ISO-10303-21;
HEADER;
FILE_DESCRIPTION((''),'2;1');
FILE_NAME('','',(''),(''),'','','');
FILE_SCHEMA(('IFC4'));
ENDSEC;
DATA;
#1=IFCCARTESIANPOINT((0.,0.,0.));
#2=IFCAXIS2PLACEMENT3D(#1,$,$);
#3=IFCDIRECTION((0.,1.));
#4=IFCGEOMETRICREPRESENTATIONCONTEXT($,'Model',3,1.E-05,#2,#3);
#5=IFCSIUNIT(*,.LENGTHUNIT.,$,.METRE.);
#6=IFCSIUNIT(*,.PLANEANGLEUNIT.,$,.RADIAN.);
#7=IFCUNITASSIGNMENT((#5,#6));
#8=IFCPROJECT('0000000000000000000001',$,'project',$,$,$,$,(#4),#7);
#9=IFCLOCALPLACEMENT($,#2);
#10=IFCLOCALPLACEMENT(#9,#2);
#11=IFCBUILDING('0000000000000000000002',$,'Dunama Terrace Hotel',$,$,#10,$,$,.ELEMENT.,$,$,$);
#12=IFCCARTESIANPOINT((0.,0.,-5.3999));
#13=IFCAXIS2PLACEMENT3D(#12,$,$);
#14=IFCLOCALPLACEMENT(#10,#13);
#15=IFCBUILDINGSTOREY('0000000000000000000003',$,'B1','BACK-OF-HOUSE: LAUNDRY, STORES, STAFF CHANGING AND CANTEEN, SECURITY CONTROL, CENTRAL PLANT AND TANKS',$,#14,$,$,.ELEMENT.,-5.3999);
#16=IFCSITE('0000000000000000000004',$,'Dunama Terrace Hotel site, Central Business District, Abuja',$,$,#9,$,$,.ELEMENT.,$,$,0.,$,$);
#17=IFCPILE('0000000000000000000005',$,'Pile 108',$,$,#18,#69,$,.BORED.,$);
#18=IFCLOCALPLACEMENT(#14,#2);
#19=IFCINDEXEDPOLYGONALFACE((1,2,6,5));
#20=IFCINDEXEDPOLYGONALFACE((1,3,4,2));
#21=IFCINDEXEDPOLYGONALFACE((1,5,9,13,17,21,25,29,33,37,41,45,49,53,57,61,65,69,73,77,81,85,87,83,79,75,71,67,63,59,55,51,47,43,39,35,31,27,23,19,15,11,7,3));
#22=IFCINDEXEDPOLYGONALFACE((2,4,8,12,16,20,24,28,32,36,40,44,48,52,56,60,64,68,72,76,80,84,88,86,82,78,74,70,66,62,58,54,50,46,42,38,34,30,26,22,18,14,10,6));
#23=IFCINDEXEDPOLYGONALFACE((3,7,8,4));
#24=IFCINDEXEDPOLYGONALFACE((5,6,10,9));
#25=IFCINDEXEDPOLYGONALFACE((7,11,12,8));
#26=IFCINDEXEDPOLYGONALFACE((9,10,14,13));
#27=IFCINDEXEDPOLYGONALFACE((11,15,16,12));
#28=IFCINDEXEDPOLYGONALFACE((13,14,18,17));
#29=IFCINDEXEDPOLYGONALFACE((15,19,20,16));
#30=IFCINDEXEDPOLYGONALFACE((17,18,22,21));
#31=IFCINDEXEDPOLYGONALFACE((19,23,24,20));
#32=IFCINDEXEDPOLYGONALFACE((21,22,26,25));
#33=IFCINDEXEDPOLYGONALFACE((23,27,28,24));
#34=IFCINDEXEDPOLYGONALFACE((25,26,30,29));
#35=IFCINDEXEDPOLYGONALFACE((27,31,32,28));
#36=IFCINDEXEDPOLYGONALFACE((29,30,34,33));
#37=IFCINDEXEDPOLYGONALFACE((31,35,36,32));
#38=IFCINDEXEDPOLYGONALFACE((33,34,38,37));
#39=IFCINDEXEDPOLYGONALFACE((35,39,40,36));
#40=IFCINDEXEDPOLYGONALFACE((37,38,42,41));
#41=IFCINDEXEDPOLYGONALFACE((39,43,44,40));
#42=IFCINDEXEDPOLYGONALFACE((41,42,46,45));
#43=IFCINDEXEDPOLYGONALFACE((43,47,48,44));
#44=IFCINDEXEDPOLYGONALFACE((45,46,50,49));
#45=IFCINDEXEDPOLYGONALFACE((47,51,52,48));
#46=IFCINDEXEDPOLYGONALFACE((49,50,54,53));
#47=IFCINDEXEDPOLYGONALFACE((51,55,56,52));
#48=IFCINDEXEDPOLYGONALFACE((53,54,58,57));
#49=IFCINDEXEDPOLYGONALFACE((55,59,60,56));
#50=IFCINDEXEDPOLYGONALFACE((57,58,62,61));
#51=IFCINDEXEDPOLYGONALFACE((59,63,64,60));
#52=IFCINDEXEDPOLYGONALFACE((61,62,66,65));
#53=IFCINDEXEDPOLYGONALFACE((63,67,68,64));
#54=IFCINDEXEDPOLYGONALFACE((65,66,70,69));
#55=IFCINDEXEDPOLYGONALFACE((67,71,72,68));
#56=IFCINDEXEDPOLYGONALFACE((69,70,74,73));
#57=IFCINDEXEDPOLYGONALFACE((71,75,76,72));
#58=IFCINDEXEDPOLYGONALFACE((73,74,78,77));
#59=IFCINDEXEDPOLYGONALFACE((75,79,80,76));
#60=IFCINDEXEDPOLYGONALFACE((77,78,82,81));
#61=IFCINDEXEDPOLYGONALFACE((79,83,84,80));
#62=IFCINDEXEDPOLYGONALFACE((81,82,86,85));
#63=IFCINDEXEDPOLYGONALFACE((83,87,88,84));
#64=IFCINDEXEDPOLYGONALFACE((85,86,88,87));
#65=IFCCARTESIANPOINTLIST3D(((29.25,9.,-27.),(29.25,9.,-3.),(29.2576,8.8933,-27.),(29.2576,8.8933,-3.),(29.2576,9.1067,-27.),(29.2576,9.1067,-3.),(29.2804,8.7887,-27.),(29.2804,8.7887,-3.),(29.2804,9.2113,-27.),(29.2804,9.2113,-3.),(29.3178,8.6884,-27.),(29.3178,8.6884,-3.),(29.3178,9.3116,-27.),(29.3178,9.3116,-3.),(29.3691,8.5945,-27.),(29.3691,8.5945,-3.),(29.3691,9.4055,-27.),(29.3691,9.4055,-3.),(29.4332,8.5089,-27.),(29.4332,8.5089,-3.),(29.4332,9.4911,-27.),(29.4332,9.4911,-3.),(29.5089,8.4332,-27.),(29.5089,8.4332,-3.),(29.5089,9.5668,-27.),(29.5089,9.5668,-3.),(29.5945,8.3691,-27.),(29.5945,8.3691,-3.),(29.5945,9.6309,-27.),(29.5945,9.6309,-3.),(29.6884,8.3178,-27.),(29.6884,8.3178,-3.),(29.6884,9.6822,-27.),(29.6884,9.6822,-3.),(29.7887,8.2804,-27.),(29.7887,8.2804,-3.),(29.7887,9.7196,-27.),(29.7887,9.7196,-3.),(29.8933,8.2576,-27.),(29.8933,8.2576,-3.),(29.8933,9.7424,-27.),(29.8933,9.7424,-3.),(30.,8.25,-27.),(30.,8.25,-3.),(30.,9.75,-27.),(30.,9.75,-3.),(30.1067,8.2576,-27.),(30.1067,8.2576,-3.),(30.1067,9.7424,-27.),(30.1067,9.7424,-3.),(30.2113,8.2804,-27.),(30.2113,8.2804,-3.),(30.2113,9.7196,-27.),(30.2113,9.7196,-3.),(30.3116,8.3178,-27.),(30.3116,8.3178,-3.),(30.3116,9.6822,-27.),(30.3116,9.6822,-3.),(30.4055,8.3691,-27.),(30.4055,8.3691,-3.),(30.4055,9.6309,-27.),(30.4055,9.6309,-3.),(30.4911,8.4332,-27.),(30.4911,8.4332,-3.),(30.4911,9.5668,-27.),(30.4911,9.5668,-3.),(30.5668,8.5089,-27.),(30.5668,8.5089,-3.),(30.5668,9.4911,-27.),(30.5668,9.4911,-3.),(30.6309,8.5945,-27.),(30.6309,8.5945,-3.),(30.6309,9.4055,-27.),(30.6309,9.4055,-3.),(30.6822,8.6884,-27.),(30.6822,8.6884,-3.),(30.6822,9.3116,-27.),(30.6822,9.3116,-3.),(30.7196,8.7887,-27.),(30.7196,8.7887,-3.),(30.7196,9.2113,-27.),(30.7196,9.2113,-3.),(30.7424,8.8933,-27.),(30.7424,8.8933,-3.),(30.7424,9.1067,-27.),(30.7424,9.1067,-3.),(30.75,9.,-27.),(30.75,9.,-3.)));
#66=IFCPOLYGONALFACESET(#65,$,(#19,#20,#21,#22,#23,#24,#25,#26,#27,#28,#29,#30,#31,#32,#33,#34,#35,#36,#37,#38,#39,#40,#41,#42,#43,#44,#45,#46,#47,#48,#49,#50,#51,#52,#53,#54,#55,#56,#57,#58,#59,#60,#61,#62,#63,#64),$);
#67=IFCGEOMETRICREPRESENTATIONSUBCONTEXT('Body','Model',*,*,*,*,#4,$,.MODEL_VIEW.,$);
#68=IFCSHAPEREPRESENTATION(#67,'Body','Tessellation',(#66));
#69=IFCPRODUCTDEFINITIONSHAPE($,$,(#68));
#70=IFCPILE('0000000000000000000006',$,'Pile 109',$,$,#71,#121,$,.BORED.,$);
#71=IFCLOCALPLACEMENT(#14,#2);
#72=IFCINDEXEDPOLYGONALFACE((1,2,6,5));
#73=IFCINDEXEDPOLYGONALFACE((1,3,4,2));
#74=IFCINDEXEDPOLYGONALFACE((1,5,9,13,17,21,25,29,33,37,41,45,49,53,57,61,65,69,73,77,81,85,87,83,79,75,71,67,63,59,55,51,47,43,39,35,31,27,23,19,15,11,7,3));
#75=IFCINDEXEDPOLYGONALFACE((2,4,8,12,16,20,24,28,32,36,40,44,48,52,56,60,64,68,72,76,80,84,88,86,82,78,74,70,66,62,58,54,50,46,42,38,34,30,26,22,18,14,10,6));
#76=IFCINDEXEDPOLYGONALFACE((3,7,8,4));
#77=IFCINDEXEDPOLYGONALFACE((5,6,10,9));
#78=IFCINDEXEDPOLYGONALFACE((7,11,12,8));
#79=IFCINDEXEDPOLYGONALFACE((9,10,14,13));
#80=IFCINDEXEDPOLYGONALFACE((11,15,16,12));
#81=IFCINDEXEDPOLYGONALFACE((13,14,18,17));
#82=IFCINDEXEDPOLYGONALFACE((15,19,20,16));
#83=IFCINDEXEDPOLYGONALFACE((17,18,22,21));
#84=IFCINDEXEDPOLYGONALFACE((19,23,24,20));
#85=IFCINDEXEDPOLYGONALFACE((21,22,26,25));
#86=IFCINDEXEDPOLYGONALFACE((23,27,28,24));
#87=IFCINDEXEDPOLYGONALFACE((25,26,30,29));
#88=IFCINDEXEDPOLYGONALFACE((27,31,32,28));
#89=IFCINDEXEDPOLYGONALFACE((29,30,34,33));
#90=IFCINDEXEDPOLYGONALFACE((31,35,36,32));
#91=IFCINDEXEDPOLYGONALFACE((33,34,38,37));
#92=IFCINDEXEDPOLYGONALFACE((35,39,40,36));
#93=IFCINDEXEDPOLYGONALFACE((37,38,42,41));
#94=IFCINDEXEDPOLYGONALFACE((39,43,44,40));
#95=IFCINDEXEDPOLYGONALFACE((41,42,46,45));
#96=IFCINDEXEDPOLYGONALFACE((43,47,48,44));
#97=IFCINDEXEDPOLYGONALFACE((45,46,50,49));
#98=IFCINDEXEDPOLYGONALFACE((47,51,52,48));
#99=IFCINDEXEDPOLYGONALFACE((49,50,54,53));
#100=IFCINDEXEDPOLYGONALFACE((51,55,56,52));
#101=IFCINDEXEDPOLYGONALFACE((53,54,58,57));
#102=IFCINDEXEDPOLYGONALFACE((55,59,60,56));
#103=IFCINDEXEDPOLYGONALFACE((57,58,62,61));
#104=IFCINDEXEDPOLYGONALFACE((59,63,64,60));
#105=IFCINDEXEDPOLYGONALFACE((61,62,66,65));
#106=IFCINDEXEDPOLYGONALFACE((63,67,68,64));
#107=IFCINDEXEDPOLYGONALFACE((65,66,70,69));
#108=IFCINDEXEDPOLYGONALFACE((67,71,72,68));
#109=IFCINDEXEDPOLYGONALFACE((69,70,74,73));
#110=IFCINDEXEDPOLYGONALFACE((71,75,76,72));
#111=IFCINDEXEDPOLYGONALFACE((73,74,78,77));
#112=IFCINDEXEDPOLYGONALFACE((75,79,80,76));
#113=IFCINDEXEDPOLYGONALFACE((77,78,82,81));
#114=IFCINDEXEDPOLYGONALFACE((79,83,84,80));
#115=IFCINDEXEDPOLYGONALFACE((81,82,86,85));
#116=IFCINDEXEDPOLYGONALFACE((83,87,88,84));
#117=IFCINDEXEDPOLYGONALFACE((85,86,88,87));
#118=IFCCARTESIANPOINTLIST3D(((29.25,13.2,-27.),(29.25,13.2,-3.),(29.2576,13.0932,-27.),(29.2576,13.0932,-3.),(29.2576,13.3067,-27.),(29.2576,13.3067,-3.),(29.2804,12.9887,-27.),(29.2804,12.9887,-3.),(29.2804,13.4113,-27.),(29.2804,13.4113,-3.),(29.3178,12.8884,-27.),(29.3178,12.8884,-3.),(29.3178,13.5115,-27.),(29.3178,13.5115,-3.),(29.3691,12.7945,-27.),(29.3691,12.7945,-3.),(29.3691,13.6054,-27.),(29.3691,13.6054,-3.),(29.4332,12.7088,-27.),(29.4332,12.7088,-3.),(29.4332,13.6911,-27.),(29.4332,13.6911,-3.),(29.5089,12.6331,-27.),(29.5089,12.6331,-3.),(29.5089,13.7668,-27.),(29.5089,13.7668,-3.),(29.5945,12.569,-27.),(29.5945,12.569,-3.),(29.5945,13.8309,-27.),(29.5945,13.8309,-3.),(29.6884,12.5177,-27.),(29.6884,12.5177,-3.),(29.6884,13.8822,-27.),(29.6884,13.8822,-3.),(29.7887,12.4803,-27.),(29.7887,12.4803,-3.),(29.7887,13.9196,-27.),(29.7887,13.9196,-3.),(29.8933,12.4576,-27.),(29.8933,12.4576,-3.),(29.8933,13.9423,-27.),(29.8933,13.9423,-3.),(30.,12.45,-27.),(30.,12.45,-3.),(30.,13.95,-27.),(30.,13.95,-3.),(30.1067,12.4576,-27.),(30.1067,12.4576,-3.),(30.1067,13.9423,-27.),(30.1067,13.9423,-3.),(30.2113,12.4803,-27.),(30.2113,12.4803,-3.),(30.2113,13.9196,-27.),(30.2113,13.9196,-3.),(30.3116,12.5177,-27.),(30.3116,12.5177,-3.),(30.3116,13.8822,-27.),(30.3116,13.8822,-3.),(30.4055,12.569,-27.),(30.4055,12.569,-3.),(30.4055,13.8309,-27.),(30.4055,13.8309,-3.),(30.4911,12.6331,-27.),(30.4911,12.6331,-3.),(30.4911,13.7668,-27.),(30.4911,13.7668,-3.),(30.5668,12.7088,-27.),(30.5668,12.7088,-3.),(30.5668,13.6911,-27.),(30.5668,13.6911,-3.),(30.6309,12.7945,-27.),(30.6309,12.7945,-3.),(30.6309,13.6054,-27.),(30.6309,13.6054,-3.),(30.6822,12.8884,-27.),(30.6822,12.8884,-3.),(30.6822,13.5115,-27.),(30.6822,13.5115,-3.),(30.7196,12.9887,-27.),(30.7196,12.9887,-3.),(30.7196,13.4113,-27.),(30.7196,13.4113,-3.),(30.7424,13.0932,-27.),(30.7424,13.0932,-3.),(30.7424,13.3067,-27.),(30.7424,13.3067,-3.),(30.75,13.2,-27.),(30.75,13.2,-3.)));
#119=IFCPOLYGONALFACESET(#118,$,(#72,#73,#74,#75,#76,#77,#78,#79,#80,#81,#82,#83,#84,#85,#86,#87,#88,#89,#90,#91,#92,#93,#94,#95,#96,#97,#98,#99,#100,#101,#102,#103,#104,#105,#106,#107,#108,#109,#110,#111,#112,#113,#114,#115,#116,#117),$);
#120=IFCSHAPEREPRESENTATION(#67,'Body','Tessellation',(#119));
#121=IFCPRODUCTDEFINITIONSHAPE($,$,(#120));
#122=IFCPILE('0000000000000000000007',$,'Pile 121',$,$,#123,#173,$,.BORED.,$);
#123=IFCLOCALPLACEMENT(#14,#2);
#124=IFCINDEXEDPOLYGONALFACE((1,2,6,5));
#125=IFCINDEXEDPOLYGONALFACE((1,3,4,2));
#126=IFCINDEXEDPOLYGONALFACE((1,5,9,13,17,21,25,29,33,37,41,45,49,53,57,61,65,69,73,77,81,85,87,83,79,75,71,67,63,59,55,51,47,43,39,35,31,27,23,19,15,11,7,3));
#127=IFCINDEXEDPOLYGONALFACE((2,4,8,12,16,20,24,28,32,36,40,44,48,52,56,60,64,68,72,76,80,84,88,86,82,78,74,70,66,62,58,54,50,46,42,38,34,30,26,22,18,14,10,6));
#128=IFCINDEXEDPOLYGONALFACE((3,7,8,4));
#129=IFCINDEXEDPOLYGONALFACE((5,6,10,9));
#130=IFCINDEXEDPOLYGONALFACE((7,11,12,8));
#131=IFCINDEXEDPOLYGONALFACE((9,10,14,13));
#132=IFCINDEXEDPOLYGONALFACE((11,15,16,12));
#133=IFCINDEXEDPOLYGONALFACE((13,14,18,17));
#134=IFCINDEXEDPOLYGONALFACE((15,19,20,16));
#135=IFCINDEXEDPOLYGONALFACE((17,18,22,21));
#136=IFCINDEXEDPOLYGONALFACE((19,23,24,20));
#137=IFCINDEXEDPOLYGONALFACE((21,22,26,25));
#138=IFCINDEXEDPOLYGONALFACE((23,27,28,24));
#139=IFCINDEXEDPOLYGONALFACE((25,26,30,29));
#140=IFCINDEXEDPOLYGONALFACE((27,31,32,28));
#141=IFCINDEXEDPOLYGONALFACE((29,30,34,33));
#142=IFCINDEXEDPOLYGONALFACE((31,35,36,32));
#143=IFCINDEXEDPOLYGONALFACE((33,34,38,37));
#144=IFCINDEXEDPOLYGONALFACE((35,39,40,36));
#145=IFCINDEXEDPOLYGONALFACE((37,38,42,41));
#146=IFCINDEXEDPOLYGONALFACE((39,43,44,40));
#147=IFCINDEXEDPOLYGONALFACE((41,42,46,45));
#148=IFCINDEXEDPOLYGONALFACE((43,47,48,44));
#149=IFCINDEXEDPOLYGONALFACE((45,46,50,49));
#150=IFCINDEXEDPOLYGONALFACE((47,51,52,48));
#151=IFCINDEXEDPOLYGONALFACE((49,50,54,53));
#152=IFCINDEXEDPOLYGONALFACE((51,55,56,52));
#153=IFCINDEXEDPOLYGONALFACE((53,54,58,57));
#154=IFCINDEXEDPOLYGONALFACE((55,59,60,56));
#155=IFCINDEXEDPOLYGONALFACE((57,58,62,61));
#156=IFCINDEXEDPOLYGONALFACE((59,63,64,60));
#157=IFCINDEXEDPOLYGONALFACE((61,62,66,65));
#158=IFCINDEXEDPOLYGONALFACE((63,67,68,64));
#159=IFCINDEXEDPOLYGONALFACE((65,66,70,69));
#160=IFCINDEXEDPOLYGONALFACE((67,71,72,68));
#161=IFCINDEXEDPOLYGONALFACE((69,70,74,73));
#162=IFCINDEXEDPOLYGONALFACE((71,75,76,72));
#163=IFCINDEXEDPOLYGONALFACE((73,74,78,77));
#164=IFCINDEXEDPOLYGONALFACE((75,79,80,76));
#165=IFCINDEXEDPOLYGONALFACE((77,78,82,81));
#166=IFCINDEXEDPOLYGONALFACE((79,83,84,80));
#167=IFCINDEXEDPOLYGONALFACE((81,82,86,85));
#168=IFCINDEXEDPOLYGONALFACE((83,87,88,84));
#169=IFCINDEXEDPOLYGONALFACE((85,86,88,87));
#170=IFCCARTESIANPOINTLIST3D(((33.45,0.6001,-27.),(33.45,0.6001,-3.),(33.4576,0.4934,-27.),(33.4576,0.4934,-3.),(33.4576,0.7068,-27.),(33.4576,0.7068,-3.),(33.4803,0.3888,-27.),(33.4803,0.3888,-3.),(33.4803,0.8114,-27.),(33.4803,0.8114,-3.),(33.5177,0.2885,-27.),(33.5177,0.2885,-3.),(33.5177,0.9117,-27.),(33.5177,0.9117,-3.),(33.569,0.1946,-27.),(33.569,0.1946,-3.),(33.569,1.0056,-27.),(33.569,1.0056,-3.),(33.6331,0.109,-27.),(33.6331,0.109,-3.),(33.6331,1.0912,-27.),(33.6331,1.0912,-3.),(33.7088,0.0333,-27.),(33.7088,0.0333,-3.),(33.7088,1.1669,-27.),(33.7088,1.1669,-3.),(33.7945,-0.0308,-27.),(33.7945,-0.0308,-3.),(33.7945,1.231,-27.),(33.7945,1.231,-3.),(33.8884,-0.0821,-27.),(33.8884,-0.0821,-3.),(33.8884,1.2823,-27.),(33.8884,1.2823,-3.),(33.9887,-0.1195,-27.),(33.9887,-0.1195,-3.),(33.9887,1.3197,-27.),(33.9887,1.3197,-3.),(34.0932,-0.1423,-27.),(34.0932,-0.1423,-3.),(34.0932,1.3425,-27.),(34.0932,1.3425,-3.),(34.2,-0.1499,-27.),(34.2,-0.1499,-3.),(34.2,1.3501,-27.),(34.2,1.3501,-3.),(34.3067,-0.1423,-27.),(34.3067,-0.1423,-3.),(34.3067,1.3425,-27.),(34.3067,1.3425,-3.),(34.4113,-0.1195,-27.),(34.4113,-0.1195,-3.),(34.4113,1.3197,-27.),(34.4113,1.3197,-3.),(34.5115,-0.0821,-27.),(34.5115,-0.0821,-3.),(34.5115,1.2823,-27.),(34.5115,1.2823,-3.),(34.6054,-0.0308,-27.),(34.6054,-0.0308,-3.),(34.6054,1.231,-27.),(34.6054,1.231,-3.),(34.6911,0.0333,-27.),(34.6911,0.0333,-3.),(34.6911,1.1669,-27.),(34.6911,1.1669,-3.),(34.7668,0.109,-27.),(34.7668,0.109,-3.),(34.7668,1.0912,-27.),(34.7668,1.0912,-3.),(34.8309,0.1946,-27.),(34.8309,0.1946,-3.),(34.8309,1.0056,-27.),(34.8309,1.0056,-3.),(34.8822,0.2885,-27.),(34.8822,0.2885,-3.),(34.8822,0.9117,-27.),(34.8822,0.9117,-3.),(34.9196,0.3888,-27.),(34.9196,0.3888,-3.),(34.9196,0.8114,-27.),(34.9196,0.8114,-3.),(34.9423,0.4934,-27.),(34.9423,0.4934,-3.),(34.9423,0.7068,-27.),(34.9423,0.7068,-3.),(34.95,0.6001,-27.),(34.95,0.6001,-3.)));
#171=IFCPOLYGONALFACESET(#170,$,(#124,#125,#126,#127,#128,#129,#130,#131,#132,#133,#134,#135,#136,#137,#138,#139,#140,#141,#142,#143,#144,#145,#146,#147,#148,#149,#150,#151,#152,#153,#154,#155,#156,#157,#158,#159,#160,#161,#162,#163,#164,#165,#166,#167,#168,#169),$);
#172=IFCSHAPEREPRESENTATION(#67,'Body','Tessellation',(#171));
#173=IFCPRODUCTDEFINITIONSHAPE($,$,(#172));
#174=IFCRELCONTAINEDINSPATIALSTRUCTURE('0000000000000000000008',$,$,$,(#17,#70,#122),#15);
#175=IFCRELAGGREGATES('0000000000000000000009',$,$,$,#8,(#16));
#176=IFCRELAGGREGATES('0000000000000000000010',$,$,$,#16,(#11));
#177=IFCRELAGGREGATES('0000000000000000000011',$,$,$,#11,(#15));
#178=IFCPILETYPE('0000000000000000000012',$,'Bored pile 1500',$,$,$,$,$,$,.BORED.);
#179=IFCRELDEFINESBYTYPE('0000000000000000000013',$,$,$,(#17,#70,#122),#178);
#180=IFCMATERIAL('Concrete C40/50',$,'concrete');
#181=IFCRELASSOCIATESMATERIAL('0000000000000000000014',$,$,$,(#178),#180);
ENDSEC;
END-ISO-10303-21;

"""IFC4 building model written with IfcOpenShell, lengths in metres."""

from ifc_helpers import new_model, si_unit, direction, frame, origin, origin_2d, place, context, subcontext, project, spatial, circle, extrude, material, material_profile, profile_set, type_object, element, save


model = new_model("IFC4")

# Units and contexts
model_context = context("Model", 3, precision=1e-05, world=origin(), true_north=direction((0.0, 1.0)))
body_context = subcontext(model_context, "Body", "Model", "MODEL_VIEW")
ifc_project = project(units=[si_unit("LENGTHUNIT", "METRE"), si_unit("PLANEANGLEUNIT", "RADIAN")], contexts=[model_context])

# Site, building, storey
site_placement = place(None, origin())
site = spatial("IfcSite", under=ifc_project, at=site_placement, Name="Dunama Terrace Hotel site, Central Business District, Abuja", CompositionType="ELEMENT", RefElevation=0.0)
building_placement = place(site_placement, origin())
building = spatial("IfcBuilding", under=site, at=building_placement, Name="Dunama Terrace Hotel", CompositionType="ELEMENT")
storey_placement = place(building_placement, frame((0.0, 0.0, -5.3999)))
storey = spatial("IfcBuildingStorey", under=building, at=storey_placement, Name="B1", Description="BACK-OF-HOUSE: LAUNDRY, STORES, STAFF CHANGING AND CANTEEN, SECURITY CONTROL, CENTRAL PLANT AND TANKS", CompositionType="ELEMENT", Elevation=-5.3999)

# Piles
ifc_material_1 = material(Name="Concrete C40/50", Category="concrete")
ifc_material_profile_1 = material_profile(ifc_material_1, circle(Radius=0.75, at=origin_2d()), Name="PILE D1500")
ifc_profile_set_1 = profile_set([ifc_material_profile_1], Name="Concrete C40/50")
pile_type = type_object("IfcPileType", Name="Bored pile 1500", PredefinedType="BORED", material=ifc_profile_set_1)
for number, where, z_axis, x_axis, name in (
    (1, (30.0, 9.0, -3.0), (0.0, 0.0, -1.0), (1.0, 0.0, 0.0), "Pile 108"),
    (2, (30.0, 13.2, -3.0), (0.0, 0.0, -1.0), (1.0, 0.0, 0.0), "Pile 109"),
    (3, (34.2, 0.6001, -3.0), (0.0, 0.0, -1.0), (1.0, 0.0, 0.0), "Pile 121"),
):
    element("IfcPile", number, at=place(storey_placement, frame(where, z_axis=z_axis, x_axis=x_axis)), inside=storey, type_object=pile_type, Name=name, PredefinedType="BORED", context=body_context, shape_type="SweptSolid", body=[
        extrude(circle(Radius=0.75, at=origin_2d()), origin(), (0.0, 0.0, 1.0), 24.0),
    ])

save(model, "model.ifc")
